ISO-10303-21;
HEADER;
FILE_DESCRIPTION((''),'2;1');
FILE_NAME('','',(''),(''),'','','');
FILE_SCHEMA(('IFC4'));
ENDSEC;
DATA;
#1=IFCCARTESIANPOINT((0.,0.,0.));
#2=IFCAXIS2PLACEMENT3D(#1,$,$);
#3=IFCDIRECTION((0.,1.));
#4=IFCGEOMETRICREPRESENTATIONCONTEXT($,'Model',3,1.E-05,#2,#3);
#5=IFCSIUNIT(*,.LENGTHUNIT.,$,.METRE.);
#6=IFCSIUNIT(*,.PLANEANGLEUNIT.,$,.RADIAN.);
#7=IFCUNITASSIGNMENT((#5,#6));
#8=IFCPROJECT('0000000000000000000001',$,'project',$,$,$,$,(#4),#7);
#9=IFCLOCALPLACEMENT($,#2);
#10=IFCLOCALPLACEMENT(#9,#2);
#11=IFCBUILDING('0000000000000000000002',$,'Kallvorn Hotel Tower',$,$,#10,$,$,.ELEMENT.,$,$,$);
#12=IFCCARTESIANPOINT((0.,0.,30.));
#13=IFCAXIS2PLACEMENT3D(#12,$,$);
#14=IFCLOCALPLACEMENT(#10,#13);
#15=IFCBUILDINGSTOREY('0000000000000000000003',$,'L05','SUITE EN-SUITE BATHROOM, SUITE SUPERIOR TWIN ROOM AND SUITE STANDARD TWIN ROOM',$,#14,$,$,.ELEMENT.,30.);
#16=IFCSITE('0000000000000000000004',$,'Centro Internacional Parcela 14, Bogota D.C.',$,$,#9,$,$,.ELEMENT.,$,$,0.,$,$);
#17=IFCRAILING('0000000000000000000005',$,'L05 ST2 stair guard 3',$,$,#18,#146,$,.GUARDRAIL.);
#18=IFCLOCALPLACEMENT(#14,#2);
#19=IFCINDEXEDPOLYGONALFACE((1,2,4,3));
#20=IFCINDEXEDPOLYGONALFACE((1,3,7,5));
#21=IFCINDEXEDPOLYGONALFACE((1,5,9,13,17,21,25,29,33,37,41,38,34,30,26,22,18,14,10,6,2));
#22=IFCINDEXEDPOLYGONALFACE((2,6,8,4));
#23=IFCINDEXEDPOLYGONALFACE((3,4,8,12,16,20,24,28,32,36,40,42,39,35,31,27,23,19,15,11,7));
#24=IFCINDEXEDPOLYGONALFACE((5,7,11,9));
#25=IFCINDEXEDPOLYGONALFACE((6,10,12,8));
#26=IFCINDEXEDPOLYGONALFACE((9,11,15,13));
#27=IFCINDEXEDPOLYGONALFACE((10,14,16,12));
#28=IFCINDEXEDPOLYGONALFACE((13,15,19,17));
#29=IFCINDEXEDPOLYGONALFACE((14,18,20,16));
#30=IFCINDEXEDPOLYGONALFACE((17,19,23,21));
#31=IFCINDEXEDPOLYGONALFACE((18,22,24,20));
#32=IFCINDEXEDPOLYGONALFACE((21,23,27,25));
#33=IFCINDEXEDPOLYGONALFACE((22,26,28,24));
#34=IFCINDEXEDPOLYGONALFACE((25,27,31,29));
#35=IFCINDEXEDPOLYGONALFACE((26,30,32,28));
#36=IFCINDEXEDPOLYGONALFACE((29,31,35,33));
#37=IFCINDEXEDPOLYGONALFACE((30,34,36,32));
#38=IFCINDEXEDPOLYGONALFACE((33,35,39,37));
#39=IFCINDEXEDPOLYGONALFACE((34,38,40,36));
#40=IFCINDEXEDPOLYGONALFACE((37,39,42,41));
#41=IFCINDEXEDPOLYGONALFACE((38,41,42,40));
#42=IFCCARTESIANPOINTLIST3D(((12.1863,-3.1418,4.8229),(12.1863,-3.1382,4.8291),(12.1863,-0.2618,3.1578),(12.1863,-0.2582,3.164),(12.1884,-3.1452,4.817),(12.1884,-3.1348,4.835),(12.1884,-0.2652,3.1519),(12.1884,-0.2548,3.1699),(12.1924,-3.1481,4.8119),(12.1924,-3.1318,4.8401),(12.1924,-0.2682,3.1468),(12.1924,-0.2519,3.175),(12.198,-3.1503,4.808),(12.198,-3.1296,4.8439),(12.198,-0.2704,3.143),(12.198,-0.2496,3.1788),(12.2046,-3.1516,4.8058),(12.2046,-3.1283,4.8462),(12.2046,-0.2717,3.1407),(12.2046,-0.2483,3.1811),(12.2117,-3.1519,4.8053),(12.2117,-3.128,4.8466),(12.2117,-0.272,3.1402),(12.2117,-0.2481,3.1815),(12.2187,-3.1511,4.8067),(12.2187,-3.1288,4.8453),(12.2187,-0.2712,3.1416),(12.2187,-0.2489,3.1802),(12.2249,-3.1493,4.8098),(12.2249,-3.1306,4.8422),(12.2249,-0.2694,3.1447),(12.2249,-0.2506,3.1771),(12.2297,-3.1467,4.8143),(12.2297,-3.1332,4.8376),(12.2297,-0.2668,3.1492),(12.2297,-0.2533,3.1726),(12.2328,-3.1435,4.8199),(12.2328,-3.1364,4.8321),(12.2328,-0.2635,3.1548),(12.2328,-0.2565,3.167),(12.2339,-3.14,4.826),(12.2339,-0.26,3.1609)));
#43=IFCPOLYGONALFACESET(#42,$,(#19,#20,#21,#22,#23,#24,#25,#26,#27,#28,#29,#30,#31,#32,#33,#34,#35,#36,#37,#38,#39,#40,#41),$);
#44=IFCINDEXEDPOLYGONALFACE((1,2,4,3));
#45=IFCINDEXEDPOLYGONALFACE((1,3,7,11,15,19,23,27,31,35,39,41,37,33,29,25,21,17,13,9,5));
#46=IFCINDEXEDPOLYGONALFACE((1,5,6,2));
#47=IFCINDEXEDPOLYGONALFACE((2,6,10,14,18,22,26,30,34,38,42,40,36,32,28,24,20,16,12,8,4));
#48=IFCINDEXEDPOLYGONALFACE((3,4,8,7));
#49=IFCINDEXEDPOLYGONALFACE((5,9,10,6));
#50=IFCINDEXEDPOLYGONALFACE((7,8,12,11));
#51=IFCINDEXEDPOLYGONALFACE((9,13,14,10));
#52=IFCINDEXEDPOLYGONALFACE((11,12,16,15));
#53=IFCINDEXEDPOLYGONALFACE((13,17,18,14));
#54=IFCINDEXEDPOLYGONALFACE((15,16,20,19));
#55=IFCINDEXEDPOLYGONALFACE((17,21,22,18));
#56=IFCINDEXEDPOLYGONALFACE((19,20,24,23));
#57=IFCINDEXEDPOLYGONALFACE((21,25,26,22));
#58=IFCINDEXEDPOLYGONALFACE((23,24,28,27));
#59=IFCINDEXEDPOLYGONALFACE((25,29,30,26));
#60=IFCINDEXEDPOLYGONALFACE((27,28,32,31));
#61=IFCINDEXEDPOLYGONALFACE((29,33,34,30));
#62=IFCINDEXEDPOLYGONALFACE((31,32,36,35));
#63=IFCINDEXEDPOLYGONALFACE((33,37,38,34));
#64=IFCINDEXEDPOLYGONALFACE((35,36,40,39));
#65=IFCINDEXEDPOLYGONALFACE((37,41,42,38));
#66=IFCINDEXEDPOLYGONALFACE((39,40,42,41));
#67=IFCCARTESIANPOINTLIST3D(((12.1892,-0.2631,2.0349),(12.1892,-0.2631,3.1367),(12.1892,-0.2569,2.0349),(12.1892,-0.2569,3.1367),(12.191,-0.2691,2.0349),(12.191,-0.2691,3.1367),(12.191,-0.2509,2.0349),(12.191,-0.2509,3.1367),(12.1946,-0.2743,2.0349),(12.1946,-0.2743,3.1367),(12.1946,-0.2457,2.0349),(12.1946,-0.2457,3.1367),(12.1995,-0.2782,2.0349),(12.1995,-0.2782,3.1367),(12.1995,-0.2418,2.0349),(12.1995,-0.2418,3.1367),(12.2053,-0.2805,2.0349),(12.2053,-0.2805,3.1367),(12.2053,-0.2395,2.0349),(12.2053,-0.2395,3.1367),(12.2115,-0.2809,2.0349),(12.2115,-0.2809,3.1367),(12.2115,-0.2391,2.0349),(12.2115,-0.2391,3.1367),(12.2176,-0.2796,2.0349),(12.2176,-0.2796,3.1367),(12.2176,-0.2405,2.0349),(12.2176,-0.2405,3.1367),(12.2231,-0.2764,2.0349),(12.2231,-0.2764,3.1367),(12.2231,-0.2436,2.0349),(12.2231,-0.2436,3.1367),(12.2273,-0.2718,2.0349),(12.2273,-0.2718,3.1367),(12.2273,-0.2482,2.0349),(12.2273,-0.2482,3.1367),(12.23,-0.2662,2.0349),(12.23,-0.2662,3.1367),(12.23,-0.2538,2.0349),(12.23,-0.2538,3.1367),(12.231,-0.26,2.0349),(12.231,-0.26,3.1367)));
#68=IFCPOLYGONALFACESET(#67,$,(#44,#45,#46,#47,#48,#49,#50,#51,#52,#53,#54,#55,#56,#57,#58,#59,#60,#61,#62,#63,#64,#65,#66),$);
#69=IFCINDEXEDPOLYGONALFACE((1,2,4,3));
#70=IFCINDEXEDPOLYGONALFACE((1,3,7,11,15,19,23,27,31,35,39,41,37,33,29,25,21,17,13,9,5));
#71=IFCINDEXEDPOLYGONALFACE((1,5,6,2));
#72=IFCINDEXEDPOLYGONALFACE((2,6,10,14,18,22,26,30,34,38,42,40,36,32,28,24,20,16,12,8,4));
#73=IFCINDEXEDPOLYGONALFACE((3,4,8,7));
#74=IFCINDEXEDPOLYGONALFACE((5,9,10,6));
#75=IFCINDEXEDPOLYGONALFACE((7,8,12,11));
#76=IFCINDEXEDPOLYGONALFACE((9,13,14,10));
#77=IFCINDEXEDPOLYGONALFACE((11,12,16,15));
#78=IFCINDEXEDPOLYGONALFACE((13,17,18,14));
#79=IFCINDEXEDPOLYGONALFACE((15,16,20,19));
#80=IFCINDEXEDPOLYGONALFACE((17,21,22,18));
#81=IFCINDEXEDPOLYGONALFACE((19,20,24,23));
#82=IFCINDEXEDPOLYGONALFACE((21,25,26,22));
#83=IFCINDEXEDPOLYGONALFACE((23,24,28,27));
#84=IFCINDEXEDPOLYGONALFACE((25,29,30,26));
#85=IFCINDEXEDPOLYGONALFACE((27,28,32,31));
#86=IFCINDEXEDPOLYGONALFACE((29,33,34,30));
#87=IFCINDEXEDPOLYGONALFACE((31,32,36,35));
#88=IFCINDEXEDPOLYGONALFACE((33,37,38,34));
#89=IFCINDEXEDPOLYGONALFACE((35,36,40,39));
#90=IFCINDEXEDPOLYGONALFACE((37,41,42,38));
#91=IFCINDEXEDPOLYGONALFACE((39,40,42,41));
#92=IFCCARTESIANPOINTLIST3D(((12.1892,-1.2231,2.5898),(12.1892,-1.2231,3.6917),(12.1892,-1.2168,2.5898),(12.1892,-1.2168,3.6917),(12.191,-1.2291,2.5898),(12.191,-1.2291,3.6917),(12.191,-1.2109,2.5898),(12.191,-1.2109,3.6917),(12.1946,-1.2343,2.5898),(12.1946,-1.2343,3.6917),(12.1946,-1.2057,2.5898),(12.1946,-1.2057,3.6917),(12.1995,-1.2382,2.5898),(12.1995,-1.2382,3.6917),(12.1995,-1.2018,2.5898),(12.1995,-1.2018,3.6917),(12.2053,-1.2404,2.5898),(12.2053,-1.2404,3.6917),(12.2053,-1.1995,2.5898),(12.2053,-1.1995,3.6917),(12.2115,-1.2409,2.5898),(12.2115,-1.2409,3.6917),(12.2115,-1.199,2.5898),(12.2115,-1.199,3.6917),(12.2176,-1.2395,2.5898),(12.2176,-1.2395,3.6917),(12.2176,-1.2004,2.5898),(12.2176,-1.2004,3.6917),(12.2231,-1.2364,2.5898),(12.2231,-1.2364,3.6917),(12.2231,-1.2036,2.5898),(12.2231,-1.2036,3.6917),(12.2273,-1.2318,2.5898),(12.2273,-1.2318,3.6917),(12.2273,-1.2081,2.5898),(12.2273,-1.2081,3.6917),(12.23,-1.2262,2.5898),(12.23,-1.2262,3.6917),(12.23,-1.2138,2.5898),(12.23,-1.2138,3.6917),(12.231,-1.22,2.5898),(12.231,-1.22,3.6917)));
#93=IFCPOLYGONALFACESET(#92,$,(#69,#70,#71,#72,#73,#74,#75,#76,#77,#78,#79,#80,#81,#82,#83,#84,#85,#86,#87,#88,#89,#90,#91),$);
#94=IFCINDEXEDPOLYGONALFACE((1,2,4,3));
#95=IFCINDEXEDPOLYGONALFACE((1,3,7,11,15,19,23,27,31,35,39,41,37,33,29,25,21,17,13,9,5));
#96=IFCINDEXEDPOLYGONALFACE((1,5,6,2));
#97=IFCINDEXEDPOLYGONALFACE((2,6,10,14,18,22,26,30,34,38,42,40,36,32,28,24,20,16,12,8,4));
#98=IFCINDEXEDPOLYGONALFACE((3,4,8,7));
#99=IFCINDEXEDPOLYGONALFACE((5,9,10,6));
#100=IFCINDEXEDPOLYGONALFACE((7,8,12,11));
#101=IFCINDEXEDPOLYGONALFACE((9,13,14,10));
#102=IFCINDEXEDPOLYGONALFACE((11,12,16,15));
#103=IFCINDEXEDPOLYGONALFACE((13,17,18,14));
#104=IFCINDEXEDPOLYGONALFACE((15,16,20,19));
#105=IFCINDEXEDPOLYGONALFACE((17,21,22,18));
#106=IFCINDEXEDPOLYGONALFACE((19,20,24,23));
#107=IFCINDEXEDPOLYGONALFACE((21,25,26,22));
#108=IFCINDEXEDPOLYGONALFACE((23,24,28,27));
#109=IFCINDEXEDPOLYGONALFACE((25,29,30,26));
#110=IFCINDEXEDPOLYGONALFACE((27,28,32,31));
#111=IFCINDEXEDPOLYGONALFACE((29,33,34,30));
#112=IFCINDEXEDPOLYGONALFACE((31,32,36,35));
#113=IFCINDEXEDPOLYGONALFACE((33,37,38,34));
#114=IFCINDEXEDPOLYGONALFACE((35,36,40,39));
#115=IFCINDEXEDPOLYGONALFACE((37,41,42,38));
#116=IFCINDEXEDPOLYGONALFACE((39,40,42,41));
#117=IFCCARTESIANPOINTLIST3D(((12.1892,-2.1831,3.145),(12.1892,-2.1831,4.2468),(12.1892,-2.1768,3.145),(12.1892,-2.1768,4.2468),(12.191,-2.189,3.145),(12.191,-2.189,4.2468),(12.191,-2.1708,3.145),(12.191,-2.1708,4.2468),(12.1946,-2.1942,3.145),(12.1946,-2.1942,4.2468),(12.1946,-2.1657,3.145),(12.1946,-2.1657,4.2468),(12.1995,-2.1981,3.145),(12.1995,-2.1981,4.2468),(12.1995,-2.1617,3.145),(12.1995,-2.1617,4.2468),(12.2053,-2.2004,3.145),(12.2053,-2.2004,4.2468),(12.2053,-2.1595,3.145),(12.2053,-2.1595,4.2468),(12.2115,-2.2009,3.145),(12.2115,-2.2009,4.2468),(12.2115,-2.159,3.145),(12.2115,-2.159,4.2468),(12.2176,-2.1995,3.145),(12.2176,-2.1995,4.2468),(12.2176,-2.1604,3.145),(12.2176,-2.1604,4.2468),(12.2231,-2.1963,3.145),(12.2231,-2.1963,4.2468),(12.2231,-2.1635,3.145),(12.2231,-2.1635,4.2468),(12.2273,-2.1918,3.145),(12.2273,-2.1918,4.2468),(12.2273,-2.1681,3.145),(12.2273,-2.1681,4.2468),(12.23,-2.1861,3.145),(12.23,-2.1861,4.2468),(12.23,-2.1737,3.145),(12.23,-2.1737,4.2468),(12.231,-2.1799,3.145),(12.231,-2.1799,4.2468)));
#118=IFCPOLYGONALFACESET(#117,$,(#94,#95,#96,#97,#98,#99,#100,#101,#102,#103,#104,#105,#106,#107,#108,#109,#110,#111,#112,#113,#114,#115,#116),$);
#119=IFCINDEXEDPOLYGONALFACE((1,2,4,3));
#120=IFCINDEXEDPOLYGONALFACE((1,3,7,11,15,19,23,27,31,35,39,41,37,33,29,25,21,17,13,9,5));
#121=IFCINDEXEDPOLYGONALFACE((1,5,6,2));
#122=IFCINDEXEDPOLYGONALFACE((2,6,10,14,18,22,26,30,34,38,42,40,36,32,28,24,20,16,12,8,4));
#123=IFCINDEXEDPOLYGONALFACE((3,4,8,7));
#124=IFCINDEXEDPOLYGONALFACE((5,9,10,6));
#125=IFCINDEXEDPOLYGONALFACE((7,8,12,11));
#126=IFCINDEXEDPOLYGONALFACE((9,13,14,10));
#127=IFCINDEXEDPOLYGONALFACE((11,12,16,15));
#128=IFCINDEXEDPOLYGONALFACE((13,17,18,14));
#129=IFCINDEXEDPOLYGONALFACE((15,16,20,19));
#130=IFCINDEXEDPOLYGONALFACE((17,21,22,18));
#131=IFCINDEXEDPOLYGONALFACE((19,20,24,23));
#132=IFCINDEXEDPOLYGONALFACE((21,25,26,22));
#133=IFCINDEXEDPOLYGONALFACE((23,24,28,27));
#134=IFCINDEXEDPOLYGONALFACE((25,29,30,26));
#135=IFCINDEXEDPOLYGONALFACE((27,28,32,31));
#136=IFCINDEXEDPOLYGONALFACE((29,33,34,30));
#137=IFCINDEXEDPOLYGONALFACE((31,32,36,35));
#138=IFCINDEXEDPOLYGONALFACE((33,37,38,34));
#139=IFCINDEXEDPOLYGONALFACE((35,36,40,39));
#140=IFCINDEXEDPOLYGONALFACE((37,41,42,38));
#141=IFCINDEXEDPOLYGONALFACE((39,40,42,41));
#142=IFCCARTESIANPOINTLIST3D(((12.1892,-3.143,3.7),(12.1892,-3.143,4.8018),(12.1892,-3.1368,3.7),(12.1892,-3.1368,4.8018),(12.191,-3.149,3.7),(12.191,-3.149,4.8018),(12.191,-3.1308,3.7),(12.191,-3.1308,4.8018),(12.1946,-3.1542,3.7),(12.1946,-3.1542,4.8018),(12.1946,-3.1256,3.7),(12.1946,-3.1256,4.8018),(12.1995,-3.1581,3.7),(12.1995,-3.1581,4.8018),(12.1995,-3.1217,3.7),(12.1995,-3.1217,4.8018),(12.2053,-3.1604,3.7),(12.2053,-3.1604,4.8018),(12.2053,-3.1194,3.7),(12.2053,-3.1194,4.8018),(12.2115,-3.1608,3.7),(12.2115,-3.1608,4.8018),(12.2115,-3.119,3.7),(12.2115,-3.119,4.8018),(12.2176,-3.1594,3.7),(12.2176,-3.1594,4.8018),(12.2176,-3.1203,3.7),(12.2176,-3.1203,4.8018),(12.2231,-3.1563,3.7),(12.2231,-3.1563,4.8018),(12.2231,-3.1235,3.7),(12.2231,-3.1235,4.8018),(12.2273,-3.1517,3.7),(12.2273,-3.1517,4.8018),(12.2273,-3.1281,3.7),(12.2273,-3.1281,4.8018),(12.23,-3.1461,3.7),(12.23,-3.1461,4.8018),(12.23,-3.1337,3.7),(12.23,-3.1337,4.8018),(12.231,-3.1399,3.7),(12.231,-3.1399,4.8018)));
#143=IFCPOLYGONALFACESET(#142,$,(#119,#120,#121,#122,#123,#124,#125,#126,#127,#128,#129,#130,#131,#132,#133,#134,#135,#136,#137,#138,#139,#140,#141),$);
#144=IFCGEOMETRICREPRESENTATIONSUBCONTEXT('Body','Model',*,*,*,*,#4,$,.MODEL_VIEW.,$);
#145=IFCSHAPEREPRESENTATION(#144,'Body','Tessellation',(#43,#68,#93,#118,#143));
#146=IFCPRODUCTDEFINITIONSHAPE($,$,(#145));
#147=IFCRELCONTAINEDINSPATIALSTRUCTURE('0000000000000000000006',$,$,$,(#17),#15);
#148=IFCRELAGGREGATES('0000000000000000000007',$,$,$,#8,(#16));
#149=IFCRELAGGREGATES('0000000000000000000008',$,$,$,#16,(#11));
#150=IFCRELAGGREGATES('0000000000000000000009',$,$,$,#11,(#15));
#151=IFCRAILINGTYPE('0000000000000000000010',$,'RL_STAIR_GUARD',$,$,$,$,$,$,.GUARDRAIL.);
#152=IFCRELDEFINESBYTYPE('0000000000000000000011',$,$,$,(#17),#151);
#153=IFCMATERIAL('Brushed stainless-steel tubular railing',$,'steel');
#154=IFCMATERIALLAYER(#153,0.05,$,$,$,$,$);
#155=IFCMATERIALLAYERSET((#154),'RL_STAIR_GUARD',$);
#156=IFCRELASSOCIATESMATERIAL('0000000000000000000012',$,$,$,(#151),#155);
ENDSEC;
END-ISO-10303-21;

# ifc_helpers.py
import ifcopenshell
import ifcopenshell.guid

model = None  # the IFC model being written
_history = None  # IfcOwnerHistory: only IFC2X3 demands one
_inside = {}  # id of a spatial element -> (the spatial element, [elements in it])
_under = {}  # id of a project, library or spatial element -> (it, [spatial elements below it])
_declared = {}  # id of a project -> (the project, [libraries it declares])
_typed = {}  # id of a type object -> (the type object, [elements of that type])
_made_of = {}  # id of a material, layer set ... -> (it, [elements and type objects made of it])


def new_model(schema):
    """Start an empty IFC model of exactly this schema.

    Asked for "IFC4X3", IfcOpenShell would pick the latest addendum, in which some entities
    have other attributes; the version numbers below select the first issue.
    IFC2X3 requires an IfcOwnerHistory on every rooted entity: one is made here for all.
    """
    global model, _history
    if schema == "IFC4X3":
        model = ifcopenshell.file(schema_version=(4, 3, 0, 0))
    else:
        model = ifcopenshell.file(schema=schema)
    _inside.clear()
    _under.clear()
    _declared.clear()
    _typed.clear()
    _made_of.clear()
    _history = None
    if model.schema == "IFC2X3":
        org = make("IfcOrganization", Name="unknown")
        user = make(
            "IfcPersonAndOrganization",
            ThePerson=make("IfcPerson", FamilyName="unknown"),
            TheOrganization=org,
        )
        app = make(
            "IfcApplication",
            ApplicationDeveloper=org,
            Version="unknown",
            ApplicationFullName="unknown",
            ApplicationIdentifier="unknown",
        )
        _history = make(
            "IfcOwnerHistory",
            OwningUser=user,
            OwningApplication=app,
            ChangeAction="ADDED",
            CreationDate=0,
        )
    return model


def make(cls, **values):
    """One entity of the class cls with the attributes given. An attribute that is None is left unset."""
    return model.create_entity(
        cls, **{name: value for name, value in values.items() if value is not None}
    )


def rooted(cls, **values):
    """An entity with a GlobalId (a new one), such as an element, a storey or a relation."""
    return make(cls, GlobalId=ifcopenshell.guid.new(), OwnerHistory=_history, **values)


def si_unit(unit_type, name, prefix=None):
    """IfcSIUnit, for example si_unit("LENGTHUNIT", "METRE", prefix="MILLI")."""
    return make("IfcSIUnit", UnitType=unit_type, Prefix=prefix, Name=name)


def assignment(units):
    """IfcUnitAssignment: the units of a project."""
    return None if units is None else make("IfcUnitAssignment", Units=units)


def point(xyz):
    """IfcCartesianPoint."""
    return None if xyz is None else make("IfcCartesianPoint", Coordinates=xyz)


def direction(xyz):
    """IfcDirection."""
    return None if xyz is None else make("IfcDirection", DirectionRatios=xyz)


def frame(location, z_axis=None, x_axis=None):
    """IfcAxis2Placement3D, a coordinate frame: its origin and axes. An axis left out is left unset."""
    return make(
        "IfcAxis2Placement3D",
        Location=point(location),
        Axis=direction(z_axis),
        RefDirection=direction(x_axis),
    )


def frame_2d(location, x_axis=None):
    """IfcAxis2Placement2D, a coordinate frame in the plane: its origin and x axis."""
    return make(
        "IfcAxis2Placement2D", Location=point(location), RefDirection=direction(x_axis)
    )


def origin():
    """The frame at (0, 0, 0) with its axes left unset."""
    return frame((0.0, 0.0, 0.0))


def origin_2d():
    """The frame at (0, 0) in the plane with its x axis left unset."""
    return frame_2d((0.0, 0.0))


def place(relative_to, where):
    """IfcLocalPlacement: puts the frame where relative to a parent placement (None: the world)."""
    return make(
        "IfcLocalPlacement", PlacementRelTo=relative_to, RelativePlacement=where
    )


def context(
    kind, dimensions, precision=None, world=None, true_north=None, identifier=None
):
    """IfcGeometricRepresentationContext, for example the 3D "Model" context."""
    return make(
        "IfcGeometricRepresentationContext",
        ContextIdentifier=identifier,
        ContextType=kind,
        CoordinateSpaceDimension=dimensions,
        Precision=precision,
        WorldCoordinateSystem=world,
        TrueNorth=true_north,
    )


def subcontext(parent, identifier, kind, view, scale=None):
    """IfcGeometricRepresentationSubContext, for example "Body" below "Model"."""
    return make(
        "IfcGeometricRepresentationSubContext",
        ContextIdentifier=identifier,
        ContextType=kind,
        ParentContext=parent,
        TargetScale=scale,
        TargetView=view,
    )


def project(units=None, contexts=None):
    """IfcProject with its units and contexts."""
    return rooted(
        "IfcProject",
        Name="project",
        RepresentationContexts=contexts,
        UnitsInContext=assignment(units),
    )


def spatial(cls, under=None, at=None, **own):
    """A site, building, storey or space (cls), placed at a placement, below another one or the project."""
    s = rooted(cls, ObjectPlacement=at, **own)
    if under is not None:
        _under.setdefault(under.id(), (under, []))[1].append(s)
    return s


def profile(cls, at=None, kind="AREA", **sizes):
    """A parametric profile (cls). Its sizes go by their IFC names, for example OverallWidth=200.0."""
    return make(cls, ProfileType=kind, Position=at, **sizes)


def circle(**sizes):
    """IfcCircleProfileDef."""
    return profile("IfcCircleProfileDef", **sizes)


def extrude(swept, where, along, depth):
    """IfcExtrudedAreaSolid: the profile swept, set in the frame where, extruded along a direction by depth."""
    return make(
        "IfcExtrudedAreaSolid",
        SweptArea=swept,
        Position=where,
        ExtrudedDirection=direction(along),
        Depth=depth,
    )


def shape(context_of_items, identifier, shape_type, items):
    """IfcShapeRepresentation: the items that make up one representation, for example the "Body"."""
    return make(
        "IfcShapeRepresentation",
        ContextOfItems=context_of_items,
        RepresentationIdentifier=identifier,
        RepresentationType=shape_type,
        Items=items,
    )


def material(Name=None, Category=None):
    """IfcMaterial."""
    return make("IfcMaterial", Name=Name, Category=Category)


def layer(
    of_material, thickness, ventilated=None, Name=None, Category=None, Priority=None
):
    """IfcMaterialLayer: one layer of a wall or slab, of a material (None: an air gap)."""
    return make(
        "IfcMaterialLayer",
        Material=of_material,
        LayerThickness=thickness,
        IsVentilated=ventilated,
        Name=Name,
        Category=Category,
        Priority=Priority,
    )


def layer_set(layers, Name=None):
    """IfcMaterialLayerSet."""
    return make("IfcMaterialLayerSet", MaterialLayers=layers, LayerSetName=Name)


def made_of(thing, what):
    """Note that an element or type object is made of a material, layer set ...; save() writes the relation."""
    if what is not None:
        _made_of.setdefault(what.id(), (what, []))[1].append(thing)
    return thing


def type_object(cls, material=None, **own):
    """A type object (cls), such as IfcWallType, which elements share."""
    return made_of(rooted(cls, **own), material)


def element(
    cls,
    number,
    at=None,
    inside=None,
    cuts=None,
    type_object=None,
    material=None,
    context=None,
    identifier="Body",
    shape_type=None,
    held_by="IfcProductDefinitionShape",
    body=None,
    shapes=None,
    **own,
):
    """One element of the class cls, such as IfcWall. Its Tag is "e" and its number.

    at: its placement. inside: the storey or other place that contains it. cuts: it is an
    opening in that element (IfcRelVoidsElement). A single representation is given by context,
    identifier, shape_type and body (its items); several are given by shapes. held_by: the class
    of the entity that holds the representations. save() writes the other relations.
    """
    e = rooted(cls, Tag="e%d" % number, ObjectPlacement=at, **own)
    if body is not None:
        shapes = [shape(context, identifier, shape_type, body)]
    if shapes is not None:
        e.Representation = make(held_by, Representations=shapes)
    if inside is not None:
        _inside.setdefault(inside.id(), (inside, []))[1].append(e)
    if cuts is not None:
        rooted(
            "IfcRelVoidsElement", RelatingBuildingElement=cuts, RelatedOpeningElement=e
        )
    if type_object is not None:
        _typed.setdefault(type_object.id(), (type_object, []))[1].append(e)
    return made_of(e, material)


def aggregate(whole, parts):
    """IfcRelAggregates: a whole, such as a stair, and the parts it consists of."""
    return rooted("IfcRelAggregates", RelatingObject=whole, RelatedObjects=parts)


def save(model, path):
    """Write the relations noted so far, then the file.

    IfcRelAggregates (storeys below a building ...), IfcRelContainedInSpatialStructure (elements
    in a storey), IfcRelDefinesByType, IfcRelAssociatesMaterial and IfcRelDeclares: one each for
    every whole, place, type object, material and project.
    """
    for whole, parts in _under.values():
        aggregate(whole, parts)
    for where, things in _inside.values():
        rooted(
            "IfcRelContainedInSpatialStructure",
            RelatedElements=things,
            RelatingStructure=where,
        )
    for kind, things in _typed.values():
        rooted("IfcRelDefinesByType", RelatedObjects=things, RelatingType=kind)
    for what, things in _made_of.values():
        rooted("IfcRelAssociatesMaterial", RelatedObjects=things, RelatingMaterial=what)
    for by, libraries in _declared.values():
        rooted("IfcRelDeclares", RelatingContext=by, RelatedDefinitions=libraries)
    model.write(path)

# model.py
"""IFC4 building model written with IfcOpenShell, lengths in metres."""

from ifc_helpers import new_model, si_unit, direction, frame, origin, origin_2d, place, context, subcontext, project, spatial, circle, extrude, material, layer, layer_set, type_object, element, save


model = new_model("IFC4")

# Units and contexts
model_context = context("Model", 3, precision=1e-05, world=origin(), true_north=direction((0.0, 1.0)))
body_context = subcontext(model_context, "Body", "Model", "MODEL_VIEW")
ifc_project = project(units=[si_unit("LENGTHUNIT", "METRE"), si_unit("PLANEANGLEUNIT", "RADIAN")], contexts=[model_context])

# Site, building, storey
site_placement = place(None, origin())
site = spatial("IfcSite", under=ifc_project, at=site_placement, Name="Centro Internacional Parcela 14, Bogota D.C.", CompositionType="ELEMENT", RefElevation=0.0)
building_placement = place(site_placement, origin())
building = spatial("IfcBuilding", under=site, at=building_placement, Name="Kallvorn Hotel Tower", CompositionType="ELEMENT")
storey_placement = place(building_placement, frame((0.0, 0.0, 30.0)))
storey = spatial("IfcBuildingStorey", under=building, at=storey_placement, Name="L05", Description="SUITE EN-SUITE BATHROOM, SUITE SUPERIOR TWIN ROOM AND SUITE STANDARD TWIN ROOM", CompositionType="ELEMENT", Elevation=30.0)

# Railing
ifc_material_1 = material(Name="Brushed stainless-steel tubular railing", Category="steel")
ifc_layer_1 = layer(ifc_material_1, 0.05)
ifc_layer_set_1 = layer_set([ifc_layer_1], Name="RL_STAIR_GUARD")
railing_type = type_object("IfcRailingType", Name="RL_STAIR_GUARD", PredefinedType="GUARDRAIL", material=ifc_layer_set_1)
railing_1_placement = place(storey_placement, frame((12.21, -0.26, 2.0349)))
element("IfcRailing", 1, at=railing_1_placement, inside=storey, type_object=railing_type, Name="L05 ST2 stair guard 3", PredefinedType="GUARDRAIL", context=body_context, shape_type="SweptSolid", body=[
    extrude(circle(Radius=0.0239, at=origin_2d()), frame((0.0, 0.0, 1.126), z_axis=(0.0, -0.865721, 0.500527), x_axis=(1.0, 0.0, 0.0)), (0.0, 0.0, 1.0), 3.3267),
    extrude(circle(Radius=0.021, at=origin_2d()), origin(), (0.0, 0.0, 1.0), 1.1018),
    extrude(circle(Radius=0.021, at=origin_2d()), frame((0.0, -0.96, 0.5549)), (0.0, 0.0, 1.0), 1.1018),
    extrude(circle(Radius=0.021, at=origin_2d()), frame((0.0, -1.9199, 1.1101)), (0.0, 0.0, 1.0), 1.1018),
    extrude(circle(Radius=0.021, at=origin_2d()), frame((0.0, -2.8799, 1.665)), (0.0, 0.0, 1.0), 1.1018),
])

save(model, "model.ifc")
